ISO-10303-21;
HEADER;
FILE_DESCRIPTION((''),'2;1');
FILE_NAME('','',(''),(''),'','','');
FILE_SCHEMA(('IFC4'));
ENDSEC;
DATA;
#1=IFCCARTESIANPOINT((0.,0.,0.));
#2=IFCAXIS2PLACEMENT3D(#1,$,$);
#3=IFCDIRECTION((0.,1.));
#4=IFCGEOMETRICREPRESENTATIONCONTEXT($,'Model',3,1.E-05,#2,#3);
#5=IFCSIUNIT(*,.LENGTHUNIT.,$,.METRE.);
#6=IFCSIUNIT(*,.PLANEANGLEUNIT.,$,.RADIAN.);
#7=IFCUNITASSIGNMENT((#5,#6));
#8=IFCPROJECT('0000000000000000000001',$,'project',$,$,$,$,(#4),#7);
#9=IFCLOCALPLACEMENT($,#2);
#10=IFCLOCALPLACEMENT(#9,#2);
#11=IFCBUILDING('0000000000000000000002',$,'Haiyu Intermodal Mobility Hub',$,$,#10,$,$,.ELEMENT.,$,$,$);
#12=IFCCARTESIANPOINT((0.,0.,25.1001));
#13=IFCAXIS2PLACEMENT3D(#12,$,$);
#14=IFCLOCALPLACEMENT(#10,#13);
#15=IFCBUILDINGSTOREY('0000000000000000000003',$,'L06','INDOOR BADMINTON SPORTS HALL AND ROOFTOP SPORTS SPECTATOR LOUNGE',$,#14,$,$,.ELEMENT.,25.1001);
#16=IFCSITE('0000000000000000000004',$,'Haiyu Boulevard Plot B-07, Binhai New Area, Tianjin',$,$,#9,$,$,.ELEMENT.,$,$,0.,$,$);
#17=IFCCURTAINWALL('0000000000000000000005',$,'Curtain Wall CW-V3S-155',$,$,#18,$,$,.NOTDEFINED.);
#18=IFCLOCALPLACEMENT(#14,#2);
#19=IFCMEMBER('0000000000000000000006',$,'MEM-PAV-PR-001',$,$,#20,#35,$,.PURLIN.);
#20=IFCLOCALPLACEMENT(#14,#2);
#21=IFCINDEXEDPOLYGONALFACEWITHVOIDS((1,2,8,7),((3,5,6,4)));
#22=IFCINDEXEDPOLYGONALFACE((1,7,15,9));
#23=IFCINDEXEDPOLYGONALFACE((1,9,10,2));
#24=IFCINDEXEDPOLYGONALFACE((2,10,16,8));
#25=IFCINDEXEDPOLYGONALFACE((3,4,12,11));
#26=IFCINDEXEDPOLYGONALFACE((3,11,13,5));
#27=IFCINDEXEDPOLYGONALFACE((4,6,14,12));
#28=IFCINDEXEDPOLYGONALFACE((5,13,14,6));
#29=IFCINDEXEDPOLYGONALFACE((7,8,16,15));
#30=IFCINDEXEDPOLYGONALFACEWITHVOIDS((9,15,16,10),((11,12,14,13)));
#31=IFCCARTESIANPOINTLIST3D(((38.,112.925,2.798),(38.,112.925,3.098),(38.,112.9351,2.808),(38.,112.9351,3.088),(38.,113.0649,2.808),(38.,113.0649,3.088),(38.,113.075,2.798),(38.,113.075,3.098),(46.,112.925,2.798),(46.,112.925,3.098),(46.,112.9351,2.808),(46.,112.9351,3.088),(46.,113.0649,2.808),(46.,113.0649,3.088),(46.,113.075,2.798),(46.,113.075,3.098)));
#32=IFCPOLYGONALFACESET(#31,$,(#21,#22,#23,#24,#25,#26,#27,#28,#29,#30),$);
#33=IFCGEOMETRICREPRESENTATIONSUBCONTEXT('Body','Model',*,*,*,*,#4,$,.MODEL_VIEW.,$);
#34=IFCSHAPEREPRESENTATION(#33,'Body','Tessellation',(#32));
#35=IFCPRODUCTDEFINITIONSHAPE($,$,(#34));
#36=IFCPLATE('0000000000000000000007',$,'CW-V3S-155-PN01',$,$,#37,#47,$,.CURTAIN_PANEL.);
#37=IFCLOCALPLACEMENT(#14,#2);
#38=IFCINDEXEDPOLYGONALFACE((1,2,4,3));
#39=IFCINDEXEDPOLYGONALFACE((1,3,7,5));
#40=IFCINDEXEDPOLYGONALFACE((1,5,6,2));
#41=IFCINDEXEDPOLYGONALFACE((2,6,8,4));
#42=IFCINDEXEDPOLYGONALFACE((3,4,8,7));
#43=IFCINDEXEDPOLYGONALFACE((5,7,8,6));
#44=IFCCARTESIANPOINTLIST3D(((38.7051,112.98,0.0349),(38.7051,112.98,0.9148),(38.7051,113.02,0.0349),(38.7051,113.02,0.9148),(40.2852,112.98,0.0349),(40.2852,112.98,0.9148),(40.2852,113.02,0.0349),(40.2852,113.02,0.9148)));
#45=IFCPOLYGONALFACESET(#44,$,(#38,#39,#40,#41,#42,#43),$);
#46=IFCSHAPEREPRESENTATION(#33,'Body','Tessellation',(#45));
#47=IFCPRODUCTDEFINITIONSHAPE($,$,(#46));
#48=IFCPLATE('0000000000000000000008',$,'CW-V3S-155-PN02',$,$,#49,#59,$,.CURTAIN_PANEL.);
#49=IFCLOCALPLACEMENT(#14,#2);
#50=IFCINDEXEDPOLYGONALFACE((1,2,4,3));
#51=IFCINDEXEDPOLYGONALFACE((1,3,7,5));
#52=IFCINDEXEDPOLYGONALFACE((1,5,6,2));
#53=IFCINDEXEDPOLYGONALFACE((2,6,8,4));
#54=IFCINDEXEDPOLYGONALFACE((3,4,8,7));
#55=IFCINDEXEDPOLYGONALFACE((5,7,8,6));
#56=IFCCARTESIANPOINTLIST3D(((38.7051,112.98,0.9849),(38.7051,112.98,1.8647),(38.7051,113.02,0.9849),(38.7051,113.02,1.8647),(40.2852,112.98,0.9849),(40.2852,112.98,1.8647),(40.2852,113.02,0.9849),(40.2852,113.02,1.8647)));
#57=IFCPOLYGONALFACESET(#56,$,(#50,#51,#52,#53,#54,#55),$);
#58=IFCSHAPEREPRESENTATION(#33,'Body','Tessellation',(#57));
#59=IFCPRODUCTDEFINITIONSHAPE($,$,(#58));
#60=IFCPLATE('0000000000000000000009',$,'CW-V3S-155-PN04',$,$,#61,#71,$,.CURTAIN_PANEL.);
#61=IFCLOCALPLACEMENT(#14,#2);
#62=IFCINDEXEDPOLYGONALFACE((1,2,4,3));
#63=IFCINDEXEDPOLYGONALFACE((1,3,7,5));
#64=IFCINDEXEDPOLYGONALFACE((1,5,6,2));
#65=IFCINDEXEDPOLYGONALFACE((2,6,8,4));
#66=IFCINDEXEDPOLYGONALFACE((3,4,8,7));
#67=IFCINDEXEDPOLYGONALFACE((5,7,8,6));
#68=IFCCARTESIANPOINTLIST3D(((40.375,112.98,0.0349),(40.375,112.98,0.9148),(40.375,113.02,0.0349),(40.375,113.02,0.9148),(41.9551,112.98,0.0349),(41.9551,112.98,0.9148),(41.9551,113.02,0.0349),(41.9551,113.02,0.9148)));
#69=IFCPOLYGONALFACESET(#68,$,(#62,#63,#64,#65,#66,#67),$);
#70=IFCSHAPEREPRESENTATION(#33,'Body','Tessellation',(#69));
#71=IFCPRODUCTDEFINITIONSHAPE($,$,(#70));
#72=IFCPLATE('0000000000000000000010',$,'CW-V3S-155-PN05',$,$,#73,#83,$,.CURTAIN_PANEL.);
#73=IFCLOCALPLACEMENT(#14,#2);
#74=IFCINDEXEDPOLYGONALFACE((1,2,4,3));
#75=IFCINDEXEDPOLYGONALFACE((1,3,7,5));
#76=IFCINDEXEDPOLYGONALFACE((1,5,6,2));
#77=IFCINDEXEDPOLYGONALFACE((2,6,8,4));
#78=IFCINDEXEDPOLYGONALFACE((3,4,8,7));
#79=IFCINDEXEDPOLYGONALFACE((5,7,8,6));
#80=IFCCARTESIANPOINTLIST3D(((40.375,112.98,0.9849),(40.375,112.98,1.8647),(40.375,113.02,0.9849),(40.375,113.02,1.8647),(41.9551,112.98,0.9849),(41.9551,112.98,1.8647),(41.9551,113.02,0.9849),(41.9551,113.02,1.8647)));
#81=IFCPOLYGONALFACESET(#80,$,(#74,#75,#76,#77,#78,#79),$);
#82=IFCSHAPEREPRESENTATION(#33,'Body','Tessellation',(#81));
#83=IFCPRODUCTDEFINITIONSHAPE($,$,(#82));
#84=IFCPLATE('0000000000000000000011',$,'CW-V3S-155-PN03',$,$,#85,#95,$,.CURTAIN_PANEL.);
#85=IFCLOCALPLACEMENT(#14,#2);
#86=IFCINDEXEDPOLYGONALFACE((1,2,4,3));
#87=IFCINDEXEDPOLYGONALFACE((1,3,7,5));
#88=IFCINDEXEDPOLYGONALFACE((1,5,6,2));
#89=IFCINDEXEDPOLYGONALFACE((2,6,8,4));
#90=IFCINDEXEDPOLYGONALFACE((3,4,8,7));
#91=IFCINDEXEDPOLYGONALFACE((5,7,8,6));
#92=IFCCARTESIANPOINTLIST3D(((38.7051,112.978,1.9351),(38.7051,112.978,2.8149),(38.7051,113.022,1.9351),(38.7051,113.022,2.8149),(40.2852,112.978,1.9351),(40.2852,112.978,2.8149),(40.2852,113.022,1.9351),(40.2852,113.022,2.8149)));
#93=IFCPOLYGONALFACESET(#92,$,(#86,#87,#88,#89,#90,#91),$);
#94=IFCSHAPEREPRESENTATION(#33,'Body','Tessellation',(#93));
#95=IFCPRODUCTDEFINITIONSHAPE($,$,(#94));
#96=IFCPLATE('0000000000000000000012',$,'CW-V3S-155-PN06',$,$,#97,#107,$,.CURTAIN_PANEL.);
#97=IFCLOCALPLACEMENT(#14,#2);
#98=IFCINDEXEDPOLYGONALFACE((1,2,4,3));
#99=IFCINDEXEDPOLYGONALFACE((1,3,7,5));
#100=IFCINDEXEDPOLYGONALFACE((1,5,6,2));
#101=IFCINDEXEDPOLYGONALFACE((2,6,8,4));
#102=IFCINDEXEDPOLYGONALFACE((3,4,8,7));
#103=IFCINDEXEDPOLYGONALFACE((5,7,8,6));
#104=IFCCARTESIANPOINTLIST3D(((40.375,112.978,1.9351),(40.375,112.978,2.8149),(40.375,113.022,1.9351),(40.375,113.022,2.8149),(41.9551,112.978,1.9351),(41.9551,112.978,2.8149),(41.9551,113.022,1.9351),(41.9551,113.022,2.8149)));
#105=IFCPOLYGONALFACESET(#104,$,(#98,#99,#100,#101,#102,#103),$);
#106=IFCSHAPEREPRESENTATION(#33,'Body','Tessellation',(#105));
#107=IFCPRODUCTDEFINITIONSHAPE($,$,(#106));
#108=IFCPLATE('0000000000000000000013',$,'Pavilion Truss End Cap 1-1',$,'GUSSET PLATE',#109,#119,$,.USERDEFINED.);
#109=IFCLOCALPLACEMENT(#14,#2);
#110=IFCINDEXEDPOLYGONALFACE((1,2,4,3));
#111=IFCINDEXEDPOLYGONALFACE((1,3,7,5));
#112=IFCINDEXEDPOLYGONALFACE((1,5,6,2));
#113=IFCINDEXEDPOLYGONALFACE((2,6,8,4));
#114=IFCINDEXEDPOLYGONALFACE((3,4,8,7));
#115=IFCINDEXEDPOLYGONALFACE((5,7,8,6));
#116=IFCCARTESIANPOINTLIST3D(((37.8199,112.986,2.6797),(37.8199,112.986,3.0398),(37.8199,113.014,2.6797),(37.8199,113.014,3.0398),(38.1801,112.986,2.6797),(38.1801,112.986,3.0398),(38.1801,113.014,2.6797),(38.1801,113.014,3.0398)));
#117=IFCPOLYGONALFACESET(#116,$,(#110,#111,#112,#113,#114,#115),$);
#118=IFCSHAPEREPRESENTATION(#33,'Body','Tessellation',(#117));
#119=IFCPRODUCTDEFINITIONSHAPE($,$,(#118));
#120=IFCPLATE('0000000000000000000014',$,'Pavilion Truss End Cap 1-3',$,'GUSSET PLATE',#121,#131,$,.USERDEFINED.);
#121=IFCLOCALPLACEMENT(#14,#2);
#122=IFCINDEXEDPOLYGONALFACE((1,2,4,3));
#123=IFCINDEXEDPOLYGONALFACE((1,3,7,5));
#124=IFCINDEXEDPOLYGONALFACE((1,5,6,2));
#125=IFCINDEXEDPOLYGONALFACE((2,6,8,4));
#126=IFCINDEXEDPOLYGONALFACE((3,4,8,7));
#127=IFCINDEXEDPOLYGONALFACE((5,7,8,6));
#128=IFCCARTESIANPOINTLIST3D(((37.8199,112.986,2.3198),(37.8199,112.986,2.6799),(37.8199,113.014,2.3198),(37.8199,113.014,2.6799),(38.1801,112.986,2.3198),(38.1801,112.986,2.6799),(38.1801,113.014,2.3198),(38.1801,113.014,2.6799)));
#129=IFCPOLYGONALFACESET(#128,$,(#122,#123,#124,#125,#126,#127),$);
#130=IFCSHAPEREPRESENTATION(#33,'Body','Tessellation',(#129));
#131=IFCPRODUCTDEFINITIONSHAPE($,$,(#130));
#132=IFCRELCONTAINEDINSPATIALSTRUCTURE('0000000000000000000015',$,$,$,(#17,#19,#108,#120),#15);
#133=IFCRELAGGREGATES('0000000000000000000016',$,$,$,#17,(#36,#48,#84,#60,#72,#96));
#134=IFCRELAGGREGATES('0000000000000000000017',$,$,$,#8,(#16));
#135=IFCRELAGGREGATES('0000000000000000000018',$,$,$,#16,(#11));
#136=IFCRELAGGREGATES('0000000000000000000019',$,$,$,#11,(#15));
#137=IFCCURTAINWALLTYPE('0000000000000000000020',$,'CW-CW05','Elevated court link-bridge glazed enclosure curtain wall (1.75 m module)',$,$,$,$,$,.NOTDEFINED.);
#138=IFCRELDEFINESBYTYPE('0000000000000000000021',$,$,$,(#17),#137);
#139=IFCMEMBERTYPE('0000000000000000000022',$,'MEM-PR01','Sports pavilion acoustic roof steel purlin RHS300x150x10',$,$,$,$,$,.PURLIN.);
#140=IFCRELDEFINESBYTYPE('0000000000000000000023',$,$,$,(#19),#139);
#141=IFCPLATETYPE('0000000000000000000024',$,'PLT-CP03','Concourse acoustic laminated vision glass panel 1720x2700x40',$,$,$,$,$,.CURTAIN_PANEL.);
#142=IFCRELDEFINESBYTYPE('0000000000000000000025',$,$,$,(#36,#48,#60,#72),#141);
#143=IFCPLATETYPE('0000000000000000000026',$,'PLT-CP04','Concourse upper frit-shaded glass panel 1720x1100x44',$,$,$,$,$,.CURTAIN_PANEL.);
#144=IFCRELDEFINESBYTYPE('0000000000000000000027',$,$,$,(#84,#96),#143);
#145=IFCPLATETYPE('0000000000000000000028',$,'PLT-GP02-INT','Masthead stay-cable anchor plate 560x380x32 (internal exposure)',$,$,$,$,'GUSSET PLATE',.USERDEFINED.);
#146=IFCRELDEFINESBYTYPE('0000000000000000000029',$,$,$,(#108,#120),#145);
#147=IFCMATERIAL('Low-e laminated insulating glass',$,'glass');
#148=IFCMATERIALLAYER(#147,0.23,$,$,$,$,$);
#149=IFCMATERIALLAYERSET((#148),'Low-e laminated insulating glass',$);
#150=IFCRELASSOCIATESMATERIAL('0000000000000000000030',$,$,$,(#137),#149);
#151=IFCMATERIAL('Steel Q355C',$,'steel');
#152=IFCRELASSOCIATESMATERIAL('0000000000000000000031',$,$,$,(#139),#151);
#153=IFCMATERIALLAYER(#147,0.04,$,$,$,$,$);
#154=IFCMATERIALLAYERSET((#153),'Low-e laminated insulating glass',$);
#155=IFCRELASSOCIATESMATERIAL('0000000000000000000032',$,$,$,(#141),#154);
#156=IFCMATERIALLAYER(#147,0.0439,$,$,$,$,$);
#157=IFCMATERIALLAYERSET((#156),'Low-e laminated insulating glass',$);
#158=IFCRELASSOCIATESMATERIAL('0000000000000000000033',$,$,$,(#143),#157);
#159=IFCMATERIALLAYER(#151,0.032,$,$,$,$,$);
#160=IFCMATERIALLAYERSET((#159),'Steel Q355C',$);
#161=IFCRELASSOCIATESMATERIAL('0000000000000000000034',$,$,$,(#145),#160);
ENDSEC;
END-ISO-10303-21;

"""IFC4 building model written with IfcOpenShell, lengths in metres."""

from ifc_helpers import new_model, si_unit, direction, frame, origin, origin_2d, place, context, subcontext, project, spatial, rectangle, hollow_rectangle, extrude, material, layer, layer_set, material_profile, profile_set, type_object, element, aggregate, save


model = new_model("IFC4")

# Units and contexts
model_context = context("Model", 3, precision=1e-05, world=origin(), true_north=direction((0.0, 1.0)))
body_context = subcontext(model_context, "Body", "Model", "MODEL_VIEW")
ifc_project = project(units=[si_unit("LENGTHUNIT", "METRE"), si_unit("PLANEANGLEUNIT", "RADIAN")], contexts=[model_context])

# Site, building, storey
site_placement = place(None, origin())
site = spatial("IfcSite", under=ifc_project, at=site_placement, Name="Haiyu Boulevard Plot B-07, Binhai New Area, Tianjin", CompositionType="ELEMENT", RefElevation=0.0)
building_placement = place(site_placement, origin())
building = spatial("IfcBuilding", under=site, at=building_placement, Name="Haiyu Intermodal Mobility Hub", CompositionType="ELEMENT")
storey_placement = place(building_placement, frame((0.0, 0.0, 25.1001)))
storey = spatial("IfcBuildingStorey", under=building, at=storey_placement, Name="L06", Description="INDOOR BADMINTON SPORTS HALL AND ROOFTOP SPORTS SPECTATOR LOUNGE", CompositionType="ELEMENT", Elevation=25.1001)

# Shared definitions
ifc_material_1 = material(Name="Steel Q355C", Category="steel")

# Curtain wall
ifc_material_2 = material(Name="Low-e laminated insulating glass", Category="glass")
ifc_layer_1 = layer(ifc_material_2, 0.23)
ifc_layer_set_1 = layer_set([ifc_layer_1], Name="Low-e laminated insulating glass")
curtain_wall_type_1 = type_object("IfcCurtainWallType", Name="CW-CW05", Description="Elevated court link-bridge glazed enclosure curtain wall (1.75 m module)", PredefinedType="NOTDEFINED", material=ifc_layer_set_1)
curtain_wall_1_placement = place(storey_placement, origin())
curtain_wall_1 = element("IfcCurtainWall", 1, at=curtain_wall_1_placement, inside=storey, type_object=curtain_wall_type_1, Name="Curtain Wall CW-V3S-155", PredefinedType="NOTDEFINED")

# Member
ifc_material_profile_1 = material_profile(ifc_material_1, hollow_rectangle(XDim=0.1499, YDim=0.3, WallThickness=0.01, at=origin_2d()), Name="RHS300x150x10")
ifc_profile_set_1 = profile_set([ifc_material_profile_1], Name="Steel Q355C")
member_type_1 = type_object("IfcMemberType", Name="MEM-PR01", Description="Sports pavilion acoustic roof steel purlin RHS300x150x10", PredefinedType="PURLIN", material=ifc_profile_set_1)
member_1_placement = place(storey_placement, frame((38.0, 113.0, 2.948), z_axis=(1.0, 0.0, 0.0), x_axis=(0.0, 1.0, 0.0)))
element("IfcMember", 2, at=member_1_placement, inside=storey, type_object=member_type_1, Name="MEM-PAV-PR-001", PredefinedType="PURLIN", context=body_context, shape_type="SweptSolid", body=[
    extrude(hollow_rectangle(XDim=0.1499, YDim=0.3, WallThickness=0.01, at=origin_2d()), origin(), (0.0, 0.0, 1.0), 8.0),
])

# Plates
ifc_layer_2 = layer(ifc_material_2, 0.04)
ifc_layer_set_2 = layer_set([ifc_layer_2], Name="Low-e laminated insulating glass")
plate_type_1 = type_object("IfcPlateType", Name="PLT-CP03", Description="Concourse acoustic laminated vision glass panel 1720x2700x40", PredefinedType="CURTAIN_PANEL", material=ifc_layer_set_2)
plate_1_placement = place(storey_placement, frame((39.4951, 113.0, 0.0349), z_axis=(0.0, 0.0, 1.0), x_axis=(1.0, 0.0, 0.0)))
plate_1 = element("IfcPlate", 3, at=plate_1_placement, type_object=plate_type_1, Name="CW-V3S-155-PN01", PredefinedType="CURTAIN_PANEL", context=body_context, shape_type="SweptSolid", body=[
    extrude(rectangle(XDim=1.5801, YDim=0.04, at=origin_2d()), origin(), (0.0, 0.0, 1.0), 0.8799),
])
plate_2_placement = place(storey_placement, frame((39.4951, 113.0, 0.9849), z_axis=(0.0, 0.0, 1.0), x_axis=(1.0, 0.0, 0.0)))
plate_2 = element("IfcPlate", 4, at=plate_2_placement, type_object=plate_type_1, Name="CW-V3S-155-PN02", PredefinedType="CURTAIN_PANEL", context=body_context, shape_type="SweptSolid", body=[
    extrude(rectangle(XDim=1.5801, YDim=0.04, at=origin_2d()), origin(), (0.0, 0.0, 1.0), 0.8799),
])
plate_3_placement = place(storey_placement, frame((41.165, 113.0, 0.0349), z_axis=(0.0, 0.0, 1.0), x_axis=(1.0, 0.0, 0.0)))
plate_3 = element("IfcPlate", 5, at=plate_3_placement, type_object=plate_type_1, Name="CW-V3S-155-PN04", PredefinedType="CURTAIN_PANEL", context=body_context, shape_type="SweptSolid", body=[
    extrude(rectangle(XDim=1.5801, YDim=0.04, at=origin_2d()), origin(), (0.0, 0.0, 1.0), 0.8799),
])
plate_4_placement = place(storey_placement, frame((41.165, 113.0, 0.9849), z_axis=(0.0, 0.0, 1.0), x_axis=(1.0, 0.0, 0.0)))
plate_4 = element("IfcPlate", 6, at=plate_4_placement, type_object=plate_type_1, Name="CW-V3S-155-PN05", PredefinedType="CURTAIN_PANEL", context=body_context, shape_type="SweptSolid", body=[
    extrude(rectangle(XDim=1.5801, YDim=0.04, at=origin_2d()), origin(), (0.0, 0.0, 1.0), 0.8799),
])
ifc_layer_3 = layer(ifc_material_2, 0.0439)
ifc_layer_set_3 = layer_set([ifc_layer_3], Name="Low-e laminated insulating glass")
plate_type_2 = type_object("IfcPlateType", Name="PLT-CP04", Description="Concourse upper frit-shaded glass panel 1720x1100x44", PredefinedType="CURTAIN_PANEL", material=ifc_layer_set_3)
plate_5_placement = place(storey_placement, frame((39.4951, 113.0, 1.9351), z_axis=(0.0, 0.0, 1.0), x_axis=(1.0, 0.0, 0.0)))
plate_5 = element("IfcPlate", 7, at=plate_5_placement, type_object=plate_type_2, Name="CW-V3S-155-PN03", PredefinedType="CURTAIN_PANEL", context=body_context, shape_type="SweptSolid", body=[
    extrude(rectangle(XDim=1.5801, YDim=0.0439, at=origin_2d()), origin(), (0.0, 0.0, 1.0), 0.8799),
])
plate_6_placement = place(storey_placement, frame((41.165, 113.0, 1.9351), z_axis=(0.0, 0.0, 1.0), x_axis=(1.0, 0.0, 0.0)))
plate_6 = element("IfcPlate", 8, at=plate_6_placement, type_object=plate_type_2, Name="CW-V3S-155-PN06", PredefinedType="CURTAIN_PANEL", context=body_context, shape_type="SweptSolid", body=[
    extrude(rectangle(XDim=1.5801, YDim=0.0439, at=origin_2d()), origin(), (0.0, 0.0, 1.0), 0.8799),
])
aggregate(curtain_wall_1, [plate_1, plate_2, plate_5, plate_3, plate_4, plate_6])

# Plates
ifc_layer_4 = layer(ifc_material_1, 0.032)
ifc_layer_set_4 = layer_set([ifc_layer_4], Name="Steel Q355C")
plate_type_3 = type_object("IfcPlateType", Name="PLT-GP02-INT", Description="Masthead stay-cable anchor plate 560x380x32 (internal exposure)", ElementType="GUSSET PLATE", PredefinedType="USERDEFINED", material=ifc_layer_set_4)
for number, where, z_axis, x_axis, name in (
    (9, (38.0, 113.0, 2.6797), (0.0, 0.0, 1.0), (1.0, 0.0, 0.0), "Pavilion Truss End Cap 1-1"),
    (10, (38.0, 113.0, 2.3198), (0.0, 0.0, 1.0), (1.0, 0.0, 0.0), "Pavilion Truss End Cap 1-3"),
):
    element("IfcPlate", number, at=place(storey_placement, frame(where, z_axis=z_axis, x_axis=x_axis)), inside=storey, type_object=plate_type_3, Name=name, ObjectType="GUSSET PLATE", PredefinedType="USERDEFINED", context=body_context, shape_type="SweptSolid", body=[
        extrude(rectangle(XDim=0.3601, YDim=0.0281, at=origin_2d()), origin(), (0.0, 0.0, 1.0), 0.3601),
    ])

save(model, "model.ifc")
